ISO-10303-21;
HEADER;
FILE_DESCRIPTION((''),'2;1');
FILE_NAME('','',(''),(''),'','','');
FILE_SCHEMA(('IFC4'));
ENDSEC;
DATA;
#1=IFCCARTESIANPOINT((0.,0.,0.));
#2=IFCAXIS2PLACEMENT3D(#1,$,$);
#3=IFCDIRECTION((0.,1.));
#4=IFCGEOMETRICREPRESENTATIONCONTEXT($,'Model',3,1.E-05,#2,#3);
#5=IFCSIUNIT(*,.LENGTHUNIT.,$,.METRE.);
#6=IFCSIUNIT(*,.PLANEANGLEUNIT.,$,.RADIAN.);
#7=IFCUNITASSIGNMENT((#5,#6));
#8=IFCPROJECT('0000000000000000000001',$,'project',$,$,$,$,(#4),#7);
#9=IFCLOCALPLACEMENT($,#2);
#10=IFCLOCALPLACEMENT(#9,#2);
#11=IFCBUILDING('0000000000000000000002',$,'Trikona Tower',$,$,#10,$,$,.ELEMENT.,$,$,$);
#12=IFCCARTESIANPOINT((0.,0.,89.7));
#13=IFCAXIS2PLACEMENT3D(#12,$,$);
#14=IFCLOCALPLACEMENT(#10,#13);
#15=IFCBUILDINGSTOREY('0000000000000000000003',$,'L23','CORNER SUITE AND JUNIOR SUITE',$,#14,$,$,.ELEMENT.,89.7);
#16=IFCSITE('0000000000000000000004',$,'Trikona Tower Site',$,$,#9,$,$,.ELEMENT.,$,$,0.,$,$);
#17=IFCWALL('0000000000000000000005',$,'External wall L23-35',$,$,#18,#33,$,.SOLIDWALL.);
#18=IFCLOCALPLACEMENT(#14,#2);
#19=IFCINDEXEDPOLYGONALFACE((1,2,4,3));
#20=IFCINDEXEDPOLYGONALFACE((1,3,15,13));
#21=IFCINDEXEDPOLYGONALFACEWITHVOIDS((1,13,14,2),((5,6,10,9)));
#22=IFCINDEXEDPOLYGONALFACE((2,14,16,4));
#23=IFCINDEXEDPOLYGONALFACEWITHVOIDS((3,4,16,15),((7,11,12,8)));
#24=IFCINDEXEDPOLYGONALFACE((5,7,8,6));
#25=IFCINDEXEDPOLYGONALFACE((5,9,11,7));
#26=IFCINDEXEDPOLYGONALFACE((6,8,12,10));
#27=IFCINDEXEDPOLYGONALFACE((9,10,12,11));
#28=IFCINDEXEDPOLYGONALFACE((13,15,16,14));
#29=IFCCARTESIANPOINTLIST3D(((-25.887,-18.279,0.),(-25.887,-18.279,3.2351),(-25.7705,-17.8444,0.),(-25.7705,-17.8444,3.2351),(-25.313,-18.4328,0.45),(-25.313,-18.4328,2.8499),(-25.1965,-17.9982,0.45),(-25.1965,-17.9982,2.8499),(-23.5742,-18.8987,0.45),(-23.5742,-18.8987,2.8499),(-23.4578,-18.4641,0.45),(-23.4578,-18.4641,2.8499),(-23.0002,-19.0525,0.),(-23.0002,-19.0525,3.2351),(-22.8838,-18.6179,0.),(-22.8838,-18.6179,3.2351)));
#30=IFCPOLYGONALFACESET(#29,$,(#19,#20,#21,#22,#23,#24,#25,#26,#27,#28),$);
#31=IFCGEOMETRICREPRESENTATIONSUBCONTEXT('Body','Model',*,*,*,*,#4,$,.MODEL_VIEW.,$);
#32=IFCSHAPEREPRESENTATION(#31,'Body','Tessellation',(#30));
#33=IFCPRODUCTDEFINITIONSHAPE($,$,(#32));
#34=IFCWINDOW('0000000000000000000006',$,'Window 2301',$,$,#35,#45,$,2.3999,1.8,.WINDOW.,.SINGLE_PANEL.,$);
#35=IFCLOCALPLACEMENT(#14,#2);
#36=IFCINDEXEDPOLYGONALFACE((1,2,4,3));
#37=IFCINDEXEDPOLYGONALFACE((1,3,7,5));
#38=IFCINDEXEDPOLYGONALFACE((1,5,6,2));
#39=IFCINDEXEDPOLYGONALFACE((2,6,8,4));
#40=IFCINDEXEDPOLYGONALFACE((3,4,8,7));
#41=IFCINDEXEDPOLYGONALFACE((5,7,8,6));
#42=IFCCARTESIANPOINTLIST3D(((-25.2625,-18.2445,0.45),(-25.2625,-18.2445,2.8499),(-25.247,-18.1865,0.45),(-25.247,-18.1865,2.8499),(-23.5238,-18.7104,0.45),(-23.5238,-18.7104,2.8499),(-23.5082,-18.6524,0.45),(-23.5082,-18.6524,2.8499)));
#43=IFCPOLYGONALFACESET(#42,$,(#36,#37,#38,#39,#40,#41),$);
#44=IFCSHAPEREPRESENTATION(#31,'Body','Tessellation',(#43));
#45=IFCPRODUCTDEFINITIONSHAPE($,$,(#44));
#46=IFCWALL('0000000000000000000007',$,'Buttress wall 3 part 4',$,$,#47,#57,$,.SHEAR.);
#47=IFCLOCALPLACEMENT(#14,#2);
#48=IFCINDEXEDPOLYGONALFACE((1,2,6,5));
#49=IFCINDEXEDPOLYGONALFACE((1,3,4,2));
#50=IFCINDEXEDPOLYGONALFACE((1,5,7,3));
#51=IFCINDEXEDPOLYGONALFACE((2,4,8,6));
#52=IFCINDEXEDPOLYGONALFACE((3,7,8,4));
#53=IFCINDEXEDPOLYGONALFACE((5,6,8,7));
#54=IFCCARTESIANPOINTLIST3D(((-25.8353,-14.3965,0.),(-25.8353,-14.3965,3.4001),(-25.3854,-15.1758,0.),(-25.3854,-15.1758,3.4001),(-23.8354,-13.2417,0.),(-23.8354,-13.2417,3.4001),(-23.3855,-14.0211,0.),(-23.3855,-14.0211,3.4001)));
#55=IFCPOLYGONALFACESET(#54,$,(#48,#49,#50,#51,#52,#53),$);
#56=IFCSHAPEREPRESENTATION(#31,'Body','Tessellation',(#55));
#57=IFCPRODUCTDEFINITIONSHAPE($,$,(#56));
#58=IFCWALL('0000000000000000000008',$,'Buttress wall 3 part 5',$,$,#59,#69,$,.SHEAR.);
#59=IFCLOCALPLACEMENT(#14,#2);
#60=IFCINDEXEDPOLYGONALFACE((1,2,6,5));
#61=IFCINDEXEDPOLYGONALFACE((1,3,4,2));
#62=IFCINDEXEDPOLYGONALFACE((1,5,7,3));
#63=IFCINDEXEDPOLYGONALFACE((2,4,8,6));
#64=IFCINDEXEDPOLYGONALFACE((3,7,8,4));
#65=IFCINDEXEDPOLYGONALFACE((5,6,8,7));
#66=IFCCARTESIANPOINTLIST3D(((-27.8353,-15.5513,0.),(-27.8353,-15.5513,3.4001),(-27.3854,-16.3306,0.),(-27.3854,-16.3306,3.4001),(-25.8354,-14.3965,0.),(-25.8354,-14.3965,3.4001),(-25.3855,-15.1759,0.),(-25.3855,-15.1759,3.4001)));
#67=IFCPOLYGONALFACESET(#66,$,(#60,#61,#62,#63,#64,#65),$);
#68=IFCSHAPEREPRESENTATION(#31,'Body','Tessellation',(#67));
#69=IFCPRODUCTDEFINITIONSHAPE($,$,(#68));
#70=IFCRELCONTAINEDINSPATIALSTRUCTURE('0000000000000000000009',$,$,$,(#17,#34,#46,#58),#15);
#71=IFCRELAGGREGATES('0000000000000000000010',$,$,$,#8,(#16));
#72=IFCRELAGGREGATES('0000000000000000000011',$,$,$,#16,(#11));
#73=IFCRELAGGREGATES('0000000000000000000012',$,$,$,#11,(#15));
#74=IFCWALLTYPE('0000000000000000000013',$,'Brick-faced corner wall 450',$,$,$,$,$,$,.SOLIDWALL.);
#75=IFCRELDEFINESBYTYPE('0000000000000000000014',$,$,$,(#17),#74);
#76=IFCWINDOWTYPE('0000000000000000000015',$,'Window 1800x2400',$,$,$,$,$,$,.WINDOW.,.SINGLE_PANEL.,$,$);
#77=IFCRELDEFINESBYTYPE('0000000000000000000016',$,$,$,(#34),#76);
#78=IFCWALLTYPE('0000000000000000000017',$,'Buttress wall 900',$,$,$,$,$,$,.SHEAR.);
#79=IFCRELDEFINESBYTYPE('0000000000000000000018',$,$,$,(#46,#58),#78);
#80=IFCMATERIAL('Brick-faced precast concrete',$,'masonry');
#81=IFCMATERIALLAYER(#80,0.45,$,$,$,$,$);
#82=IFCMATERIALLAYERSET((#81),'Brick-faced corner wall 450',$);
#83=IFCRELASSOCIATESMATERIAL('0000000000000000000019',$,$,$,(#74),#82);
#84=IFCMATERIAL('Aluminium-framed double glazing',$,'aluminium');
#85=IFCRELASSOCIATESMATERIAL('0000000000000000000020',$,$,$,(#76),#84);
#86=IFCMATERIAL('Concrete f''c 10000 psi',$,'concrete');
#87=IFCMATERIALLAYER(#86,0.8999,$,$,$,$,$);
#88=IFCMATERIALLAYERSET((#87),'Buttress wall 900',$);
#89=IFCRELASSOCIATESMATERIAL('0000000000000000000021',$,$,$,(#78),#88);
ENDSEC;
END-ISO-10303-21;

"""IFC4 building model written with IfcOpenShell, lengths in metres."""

from ifc_helpers import new_model, si_unit, direction, frame, frame_2d, origin, place, context, subcontext, project, spatial, rectangle, extrude, material, layer, layer_set, type_object, element, fill, save


model = new_model("IFC4")

# Units and contexts
model_context = context("Model", 3, precision=1e-05, world=origin(), true_north=direction((0.0, 1.0)))
body_context = subcontext(model_context, "Body", "Model", "MODEL_VIEW")
ifc_project = project(units=[si_unit("LENGTHUNIT", "METRE"), si_unit("PLANEANGLEUNIT", "RADIAN")], contexts=[model_context])

# Site, building, storey
site_placement = place(None, origin())
site = spatial("IfcSite", under=ifc_project, at=site_placement, Name="Trikona Tower Site", CompositionType="ELEMENT", RefElevation=0.0)
building_placement = place(site_placement, origin())
building = spatial("IfcBuilding", under=site, at=building_placement, Name="Trikona Tower", CompositionType="ELEMENT")
storey_placement = place(building_placement, frame((0.0, 0.0, 89.7)))
storey = spatial("IfcBuildingStorey", under=building, at=storey_placement, Name="L23", Description="CORNER SUITE AND JUNIOR SUITE", CompositionType="ELEMENT", Elevation=89.7)

# Wall, opening, window
ifc_material_1 = material(Name="Brick-faced precast concrete", Category="masonry")
ifc_layer_1 = layer(ifc_material_1, 0.45)
ifc_layer_set_1 = layer_set([ifc_layer_1], Name="Brick-faced corner wall 450")
wall_type_1 = type_object("IfcWallType", Name="Brick-faced corner wall 450", PredefinedType="SOLIDWALL", material=ifc_layer_set_1)
wall_1_placement = place(storey_placement, frame((-25.8286, -18.0618, 0.0), z_axis=(0.0, 0.0, 1.0), x_axis=(0.965931, -0.258801, 0.0)))
wall_1 = element("IfcWall", 1, at=wall_1_placement, inside=storey, type_object=wall_type_1, Name="External wall L23-35", PredefinedType="SOLIDWALL", context=body_context, shape_type="SweptSolid", body=[
    extrude(rectangle(XDim=2.9885, YDim=0.45, at=frame_2d((1.4941, 0.0))), origin(), (0.0, 0.0, 1.0), 3.2351),
])
opening_1_placement = place(wall_1_placement, frame((0.5942, 0.0, 0.45)))
opening_1 = element("IfcOpeningElement", 2, at=opening_1_placement, cuts=wall_1, PredefinedType="OPENING", context=body_context, shape_type="SweptSolid", body=[
    extrude(rectangle(XDim=1.8, YDim=2.3999, at=frame_2d((0.8999, 1.2))), frame((0.0, 0.2349, 0.0), z_axis=(0.0, -1.0, 0.0), x_axis=(1.0, 0.0, 0.0)), (0.0, 0.0, 1.0), 0.47),
])
ifc_material_2 = material(Name="Aluminium-framed double glazing", Category="aluminium")
window_type_1 = type_object("IfcWindowType", Name="Window 1800x2400", PartitioningType="SINGLE_PANEL", PredefinedType="WINDOW", material=ifc_material_2)
window_1_placement = place(opening_1_placement, origin())
window_1 = element("IfcWindow", 3, at=window_1_placement, inside=storey, type_object=window_type_1, Name="Window 2301", OverallHeight=2.3999, OverallWidth=1.8, PartitioningType="SINGLE_PANEL", PredefinedType="WINDOW", context=body_context, shape_type="SweptSolid", body=[
    extrude(rectangle(XDim=1.8, YDim=2.3999, at=frame_2d((0.8999, 1.2))), frame((0.0, 0.03, 0.0), z_axis=(0.0, -1.0, 0.0), x_axis=(1.0, 0.0, 0.0)), (0.0, 0.0, 1.0), 0.0601),
])
fill(opening_1, window_1)

# Walls
ifc_material_3 = material(Name="Concrete f'c 10000 psi", Category="concrete")
ifc_layer_2 = layer(ifc_material_3, 0.8999)
ifc_layer_set_2 = layer_set([ifc_layer_2], Name="Buttress wall 900")
wall_type_2 = type_object("IfcWallType", Name="Buttress wall 900", PredefinedType="SHEAR", material=ifc_layer_set_2)
for number, where, z_axis, x_axis, name in (
    (4, (-23.6104, -13.6313, 0.0), (0.0, 0.0, 1.0), (-0.86601, -0.500027, 0.0), "Buttress wall 3 part 4"),
    (5, (-25.6104, -14.7861, 0.0), (0.0, 0.0, 1.0), (-0.86601, -0.500027, 0.0), "Buttress wall 3 part 5"),
):
    element("IfcWall", number, at=place(storey_placement, frame(where, z_axis=z_axis, x_axis=x_axis)), inside=storey, type_object=wall_type_2, Name=name, PredefinedType="SHEAR", context=body_context, shape_type="SweptSolid", body=[
        extrude(rectangle(XDim=2.3093, YDim=0.8999, at=frame_2d((1.1548, 0.0))), origin(), (0.0, 0.0, 1.0), 3.4001),
    ])

save(model, "model.ifc")
